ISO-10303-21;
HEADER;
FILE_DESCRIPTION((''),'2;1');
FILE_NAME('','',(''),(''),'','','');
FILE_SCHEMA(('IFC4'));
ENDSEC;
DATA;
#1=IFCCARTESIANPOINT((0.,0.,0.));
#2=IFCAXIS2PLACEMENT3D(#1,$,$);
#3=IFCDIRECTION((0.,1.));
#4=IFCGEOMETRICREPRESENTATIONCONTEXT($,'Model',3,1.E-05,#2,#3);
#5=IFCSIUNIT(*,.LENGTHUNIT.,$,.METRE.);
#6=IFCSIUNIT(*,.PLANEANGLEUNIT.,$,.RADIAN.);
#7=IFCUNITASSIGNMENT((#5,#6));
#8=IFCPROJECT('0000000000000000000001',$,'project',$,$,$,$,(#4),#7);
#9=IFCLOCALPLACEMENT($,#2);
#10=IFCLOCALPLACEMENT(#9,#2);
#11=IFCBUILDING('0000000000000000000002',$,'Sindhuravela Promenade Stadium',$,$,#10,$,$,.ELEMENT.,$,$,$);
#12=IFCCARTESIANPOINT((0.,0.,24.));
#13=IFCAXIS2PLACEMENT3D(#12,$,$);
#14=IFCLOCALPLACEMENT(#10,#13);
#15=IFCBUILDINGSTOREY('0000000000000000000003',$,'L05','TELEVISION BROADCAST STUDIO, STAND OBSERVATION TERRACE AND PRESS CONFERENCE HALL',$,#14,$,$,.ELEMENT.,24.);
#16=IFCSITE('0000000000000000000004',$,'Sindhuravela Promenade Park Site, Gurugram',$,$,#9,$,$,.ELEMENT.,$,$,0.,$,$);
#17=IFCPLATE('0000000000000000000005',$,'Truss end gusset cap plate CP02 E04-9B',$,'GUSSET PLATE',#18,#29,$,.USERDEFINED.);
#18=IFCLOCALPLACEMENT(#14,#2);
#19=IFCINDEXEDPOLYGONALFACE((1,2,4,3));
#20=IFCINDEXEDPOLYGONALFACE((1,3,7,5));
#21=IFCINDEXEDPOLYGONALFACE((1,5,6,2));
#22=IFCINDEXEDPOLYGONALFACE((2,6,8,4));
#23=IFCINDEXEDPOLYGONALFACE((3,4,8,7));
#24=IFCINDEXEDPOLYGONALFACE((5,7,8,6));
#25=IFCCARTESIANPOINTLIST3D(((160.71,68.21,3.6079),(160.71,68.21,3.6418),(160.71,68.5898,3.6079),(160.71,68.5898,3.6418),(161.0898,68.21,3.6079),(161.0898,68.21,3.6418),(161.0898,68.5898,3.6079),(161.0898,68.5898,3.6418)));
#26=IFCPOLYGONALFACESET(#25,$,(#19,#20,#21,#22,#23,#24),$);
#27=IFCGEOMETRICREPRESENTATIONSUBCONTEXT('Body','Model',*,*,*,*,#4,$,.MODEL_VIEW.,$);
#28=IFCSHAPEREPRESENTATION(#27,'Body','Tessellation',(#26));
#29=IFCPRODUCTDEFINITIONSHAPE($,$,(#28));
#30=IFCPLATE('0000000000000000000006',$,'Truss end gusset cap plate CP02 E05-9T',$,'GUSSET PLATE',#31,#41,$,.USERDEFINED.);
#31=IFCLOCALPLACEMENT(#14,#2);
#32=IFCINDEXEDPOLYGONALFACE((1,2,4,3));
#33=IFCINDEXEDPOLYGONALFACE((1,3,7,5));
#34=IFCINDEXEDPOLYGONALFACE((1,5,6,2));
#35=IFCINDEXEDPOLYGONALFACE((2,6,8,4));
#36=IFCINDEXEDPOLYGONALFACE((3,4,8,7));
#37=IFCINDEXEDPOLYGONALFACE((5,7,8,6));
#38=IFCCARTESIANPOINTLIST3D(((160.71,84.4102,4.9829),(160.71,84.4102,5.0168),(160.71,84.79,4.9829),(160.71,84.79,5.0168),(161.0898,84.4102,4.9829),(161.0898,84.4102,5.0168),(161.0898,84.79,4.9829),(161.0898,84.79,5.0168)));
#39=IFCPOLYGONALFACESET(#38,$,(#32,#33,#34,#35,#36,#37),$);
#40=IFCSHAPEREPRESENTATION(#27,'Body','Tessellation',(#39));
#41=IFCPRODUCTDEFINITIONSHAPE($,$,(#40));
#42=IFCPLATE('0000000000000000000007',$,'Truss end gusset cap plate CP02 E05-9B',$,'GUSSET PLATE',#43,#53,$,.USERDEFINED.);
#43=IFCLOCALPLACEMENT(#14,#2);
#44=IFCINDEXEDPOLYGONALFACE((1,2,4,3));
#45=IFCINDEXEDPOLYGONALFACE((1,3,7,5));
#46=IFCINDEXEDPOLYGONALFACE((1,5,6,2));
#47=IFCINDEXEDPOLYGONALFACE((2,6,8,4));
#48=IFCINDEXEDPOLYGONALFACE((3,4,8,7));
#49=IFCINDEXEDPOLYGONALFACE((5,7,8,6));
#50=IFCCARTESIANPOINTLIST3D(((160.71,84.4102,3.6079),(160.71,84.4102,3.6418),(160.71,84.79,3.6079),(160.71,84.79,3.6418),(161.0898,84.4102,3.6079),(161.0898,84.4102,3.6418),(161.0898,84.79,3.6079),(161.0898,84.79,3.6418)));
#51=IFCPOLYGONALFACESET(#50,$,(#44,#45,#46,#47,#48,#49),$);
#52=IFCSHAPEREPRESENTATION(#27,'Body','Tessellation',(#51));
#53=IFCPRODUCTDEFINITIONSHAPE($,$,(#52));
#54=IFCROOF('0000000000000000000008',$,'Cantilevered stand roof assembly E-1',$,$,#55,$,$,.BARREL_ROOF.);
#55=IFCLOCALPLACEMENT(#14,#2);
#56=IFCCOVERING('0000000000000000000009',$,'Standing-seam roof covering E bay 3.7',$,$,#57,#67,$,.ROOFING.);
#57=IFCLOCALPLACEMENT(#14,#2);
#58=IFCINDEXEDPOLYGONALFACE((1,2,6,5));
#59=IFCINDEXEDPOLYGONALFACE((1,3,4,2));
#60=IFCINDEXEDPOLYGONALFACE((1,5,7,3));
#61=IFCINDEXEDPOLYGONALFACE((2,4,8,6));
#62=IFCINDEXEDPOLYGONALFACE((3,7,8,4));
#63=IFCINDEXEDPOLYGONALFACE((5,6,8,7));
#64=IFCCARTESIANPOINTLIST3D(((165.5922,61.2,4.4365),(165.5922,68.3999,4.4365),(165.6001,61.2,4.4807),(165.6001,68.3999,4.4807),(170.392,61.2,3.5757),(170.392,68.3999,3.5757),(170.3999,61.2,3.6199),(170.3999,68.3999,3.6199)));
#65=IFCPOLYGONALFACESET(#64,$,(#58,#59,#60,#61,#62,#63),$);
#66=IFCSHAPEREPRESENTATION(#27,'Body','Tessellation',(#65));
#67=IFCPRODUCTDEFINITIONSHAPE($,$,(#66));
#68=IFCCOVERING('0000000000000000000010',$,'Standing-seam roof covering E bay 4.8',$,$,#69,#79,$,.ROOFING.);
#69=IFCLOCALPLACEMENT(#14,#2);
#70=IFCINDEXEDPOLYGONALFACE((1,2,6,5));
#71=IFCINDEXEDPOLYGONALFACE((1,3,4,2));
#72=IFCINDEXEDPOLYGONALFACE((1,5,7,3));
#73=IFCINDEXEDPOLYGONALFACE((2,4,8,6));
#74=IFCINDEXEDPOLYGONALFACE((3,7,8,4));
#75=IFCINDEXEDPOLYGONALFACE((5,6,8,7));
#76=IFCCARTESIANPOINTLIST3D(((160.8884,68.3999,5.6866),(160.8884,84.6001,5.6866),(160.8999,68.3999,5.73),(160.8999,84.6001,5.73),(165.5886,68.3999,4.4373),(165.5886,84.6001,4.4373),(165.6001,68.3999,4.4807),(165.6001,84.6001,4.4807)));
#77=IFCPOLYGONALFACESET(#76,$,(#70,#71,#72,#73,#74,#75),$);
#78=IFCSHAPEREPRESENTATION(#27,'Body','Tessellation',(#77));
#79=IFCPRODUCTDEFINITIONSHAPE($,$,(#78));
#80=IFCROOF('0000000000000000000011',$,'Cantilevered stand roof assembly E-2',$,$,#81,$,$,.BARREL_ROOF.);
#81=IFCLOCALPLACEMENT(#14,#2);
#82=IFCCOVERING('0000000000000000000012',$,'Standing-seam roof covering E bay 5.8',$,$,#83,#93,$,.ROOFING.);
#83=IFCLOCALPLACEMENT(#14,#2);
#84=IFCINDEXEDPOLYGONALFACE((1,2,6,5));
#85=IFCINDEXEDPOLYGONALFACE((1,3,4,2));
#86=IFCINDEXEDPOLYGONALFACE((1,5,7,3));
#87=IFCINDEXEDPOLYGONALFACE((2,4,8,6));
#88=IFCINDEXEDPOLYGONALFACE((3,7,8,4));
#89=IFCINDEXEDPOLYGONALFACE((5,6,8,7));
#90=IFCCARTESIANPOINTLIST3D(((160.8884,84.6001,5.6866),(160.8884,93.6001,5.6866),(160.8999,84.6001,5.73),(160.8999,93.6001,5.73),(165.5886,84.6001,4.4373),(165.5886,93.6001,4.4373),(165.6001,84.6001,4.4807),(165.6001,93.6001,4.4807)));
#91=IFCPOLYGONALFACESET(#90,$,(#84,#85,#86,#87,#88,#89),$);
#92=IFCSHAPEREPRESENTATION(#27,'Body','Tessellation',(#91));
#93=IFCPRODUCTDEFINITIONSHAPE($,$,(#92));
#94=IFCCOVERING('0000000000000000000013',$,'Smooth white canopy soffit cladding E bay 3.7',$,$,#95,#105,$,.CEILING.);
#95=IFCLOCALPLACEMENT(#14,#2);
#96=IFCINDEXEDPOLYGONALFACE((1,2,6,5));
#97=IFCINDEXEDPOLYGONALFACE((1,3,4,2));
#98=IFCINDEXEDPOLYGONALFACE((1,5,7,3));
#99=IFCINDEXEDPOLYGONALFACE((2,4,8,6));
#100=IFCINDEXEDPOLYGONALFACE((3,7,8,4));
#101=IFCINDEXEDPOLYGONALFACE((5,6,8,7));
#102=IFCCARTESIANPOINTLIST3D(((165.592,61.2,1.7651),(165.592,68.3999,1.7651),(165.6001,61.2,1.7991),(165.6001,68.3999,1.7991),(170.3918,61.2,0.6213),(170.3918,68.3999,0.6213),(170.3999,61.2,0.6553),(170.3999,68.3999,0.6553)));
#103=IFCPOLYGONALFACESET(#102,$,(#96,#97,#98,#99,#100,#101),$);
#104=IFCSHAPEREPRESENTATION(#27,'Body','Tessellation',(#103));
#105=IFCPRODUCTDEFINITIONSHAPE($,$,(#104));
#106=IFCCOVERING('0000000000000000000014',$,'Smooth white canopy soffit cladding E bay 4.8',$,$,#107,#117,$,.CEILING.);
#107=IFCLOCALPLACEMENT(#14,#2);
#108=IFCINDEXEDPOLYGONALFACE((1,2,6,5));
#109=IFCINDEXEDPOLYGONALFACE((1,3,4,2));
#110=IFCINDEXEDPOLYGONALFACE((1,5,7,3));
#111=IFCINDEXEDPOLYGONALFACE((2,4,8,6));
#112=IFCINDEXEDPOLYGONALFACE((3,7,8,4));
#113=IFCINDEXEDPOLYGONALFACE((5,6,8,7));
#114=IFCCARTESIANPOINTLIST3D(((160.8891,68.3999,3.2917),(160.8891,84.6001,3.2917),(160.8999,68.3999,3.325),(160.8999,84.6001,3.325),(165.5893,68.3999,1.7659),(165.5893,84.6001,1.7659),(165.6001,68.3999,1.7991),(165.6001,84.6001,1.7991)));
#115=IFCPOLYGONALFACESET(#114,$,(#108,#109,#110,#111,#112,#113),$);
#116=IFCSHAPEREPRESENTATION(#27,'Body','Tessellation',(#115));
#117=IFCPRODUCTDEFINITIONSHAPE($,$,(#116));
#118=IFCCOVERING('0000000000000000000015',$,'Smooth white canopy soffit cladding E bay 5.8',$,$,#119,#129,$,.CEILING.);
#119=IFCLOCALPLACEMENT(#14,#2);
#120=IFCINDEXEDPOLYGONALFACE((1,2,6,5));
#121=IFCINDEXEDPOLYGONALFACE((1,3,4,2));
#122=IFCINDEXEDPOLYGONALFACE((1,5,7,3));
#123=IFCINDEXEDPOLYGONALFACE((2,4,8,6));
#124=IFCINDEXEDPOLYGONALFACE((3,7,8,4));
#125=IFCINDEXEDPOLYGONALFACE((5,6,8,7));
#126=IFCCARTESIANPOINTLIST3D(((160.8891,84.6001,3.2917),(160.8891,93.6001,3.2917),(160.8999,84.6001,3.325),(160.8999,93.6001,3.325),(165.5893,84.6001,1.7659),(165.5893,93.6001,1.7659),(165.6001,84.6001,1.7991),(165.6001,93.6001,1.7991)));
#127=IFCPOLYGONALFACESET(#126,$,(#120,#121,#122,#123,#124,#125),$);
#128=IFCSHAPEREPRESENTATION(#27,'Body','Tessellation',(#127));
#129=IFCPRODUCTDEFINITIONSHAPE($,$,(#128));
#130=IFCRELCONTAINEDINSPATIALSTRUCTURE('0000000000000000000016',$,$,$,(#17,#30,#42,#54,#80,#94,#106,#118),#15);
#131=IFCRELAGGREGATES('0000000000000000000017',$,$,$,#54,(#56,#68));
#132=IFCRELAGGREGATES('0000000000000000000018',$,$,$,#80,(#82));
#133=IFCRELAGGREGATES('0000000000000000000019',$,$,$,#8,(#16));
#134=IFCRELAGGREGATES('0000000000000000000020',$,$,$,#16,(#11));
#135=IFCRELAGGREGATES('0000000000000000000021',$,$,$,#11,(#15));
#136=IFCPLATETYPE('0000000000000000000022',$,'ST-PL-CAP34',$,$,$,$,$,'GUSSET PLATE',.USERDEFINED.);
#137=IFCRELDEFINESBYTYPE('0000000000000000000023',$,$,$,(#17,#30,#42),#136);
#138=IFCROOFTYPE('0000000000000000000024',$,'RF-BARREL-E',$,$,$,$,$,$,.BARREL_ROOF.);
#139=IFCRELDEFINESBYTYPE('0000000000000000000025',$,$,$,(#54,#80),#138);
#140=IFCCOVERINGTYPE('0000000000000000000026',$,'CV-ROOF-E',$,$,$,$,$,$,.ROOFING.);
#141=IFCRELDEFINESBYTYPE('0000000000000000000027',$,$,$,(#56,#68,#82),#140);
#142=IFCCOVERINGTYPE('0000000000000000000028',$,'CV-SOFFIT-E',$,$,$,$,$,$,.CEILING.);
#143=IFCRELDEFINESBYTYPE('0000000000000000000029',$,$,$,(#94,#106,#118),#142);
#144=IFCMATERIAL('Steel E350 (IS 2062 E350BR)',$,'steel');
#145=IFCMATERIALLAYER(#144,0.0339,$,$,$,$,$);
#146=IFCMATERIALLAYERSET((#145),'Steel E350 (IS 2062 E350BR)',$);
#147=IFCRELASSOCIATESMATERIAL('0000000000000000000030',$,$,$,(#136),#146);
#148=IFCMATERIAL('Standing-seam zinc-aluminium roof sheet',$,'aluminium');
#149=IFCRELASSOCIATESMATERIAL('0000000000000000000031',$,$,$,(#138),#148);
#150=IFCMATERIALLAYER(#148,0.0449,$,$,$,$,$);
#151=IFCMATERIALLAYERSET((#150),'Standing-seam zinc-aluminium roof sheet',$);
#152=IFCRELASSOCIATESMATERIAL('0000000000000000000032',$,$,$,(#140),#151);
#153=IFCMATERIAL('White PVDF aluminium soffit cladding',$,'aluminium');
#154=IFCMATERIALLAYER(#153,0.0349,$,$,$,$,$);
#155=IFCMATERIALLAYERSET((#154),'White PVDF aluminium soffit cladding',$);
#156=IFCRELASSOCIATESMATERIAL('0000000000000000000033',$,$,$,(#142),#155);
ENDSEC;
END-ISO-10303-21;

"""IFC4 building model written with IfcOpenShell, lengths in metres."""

from ifc_helpers import new_model, si_unit, direction, frame, origin, origin_2d, place, context, subcontext, project, spatial, polyline, rectangle, outline, extrude, material, layer, layer_set, type_object, element, aggregate, save


model = new_model("IFC4")

# Units and contexts
model_context = context("Model", 3, precision=1e-05, world=origin(), true_north=direction((0.0, 1.0)))
body_context = subcontext(model_context, "Body", "Model", "MODEL_VIEW")
ifc_project = project(units=[si_unit("LENGTHUNIT", "METRE"), si_unit("PLANEANGLEUNIT", "RADIAN")], contexts=[model_context])

# Site, building, storey
site_placement = place(None, origin())
site = spatial("IfcSite", under=ifc_project, at=site_placement, Name="Sindhuravela Promenade Park Site, Gurugram", CompositionType="ELEMENT", RefElevation=0.0)
building_placement = place(site_placement, origin())
building = spatial("IfcBuilding", under=site, at=building_placement, Name="Sindhuravela Promenade Stadium", CompositionType="ELEMENT")
storey_placement = place(building_placement, frame((0.0, 0.0, 24.0)))
storey = spatial("IfcBuildingStorey", under=building, at=storey_placement, Name="L05", Description="TELEVISION BROADCAST STUDIO, STAND OBSERVATION TERRACE AND PRESS CONFERENCE HALL", CompositionType="ELEMENT", Elevation=24.0)

# Shared definitions
ifc_material_1 = material(Name="Steel E350 (IS 2062 E350BR)", Category="steel")

# Plates
ifc_layer_1 = layer(ifc_material_1, 0.0339)
ifc_layer_set_1 = layer_set([ifc_layer_1], Name="Steel E350 (IS 2062 E350BR)")
plate_type_1 = type_object("IfcPlateType", Name="ST-PL-CAP34", ElementType="GUSSET PLATE", PredefinedType="USERDEFINED", material=ifc_layer_set_1)
for number, where, z_axis, x_axis, name in (
    (1, (160.8999, 68.3999, 3.6079), (0.0, 0.0, 1.0), (1.0, 0.0, 0.0), "Truss end gusset cap plate CP02 E04-9B"),
    (2, (160.8999, 84.6001, 4.9829), (0.0, 0.0, 1.0), (1.0, 0.0, 0.0), "Truss end gusset cap plate CP02 E05-9T"),
    (3, (160.8999, 84.6001, 3.6079), (0.0, 0.0, 1.0), (1.0, 0.0, 0.0), "Truss end gusset cap plate CP02 E05-9B"),
):
    element("IfcPlate", number, at=place(storey_placement, frame(where, z_axis=z_axis, x_axis=x_axis)), inside=storey, type_object=plate_type_1, Name=name, ObjectType="GUSSET PLATE", PredefinedType="USERDEFINED", context=body_context, shape_type="SweptSolid", body=[
        extrude(rectangle(XDim=0.3799, YDim=0.3799, at=origin_2d()), origin(), (0.0, 0.0, 1.0), 0.0339),
    ])

# Roof, coverings
ifc_material_2 = material(Name="Standing-seam zinc-aluminium roof sheet", Category="aluminium")
roof_type = type_object("IfcRoofType", Name="RF-BARREL-E", PredefinedType="BARREL_ROOF", material=ifc_material_2)
roof_1_placement = place(storey_placement, origin())
roof_1 = element("IfcRoof", 4, at=roof_1_placement, inside=storey, type_object=roof_type, Name="Cantilevered stand roof assembly E-1", PredefinedType="BARREL_ROOF")
ifc_layer_2 = layer(ifc_material_2, 0.0449)
ifc_layer_set_2 = layer_set([ifc_layer_2], Name="Standing-seam zinc-aluminium roof sheet")
covering_type_1 = type_object("IfcCoveringType", Name="CV-ROOF-E", PredefinedType="ROOFING", material=ifc_layer_set_2)
covering_1_placement = place(storey_placement, frame((170.3999, 61.2, 3.6199), z_axis=(0.176532, 0.0, 0.984295), x_axis=(0.0, 1.0, 0.0)))
covering_1 = element("IfcCovering", 5, at=covering_1_placement, type_object=covering_type_1, Name="Standing-seam roof covering E bay 3.7", PredefinedType="ROOFING", context=body_context, shape_type="SweptSolid", body=[
    extrude(outline(polyline([(0.0, 0.0), (7.2, 0.0), (7.2, 4.8764), (0.0, 4.8764), (0.0, 0.0)])), origin(), (0.0, 0.0, -1.0), 0.0449),
])
covering_2_placement = place(storey_placement, frame((165.6001, 68.3999, 4.4807), z_axis=(0.256872, 0.0, 0.966445), x_axis=(0.0, 1.0, 0.0)))
covering_2 = element("IfcCovering", 6, at=covering_2_placement, type_object=covering_type_1, Name="Standing-seam roof covering E bay 4.8", PredefinedType="ROOFING", context=body_context, shape_type="SweptSolid", body=[
    extrude(outline(polyline([(0.0, 0.0), (16.2002, 0.0), (16.2002, 4.8634), (0.0, 4.8634), (0.0, 0.0)])), origin(), (0.0, 0.0, -1.0), 0.0449),
])
aggregate(roof_1, [covering_1, covering_2])

# Roof, covering
roof_2_placement = place(storey_placement, origin())
roof_2 = element("IfcRoof", 7, at=roof_2_placement, inside=storey, type_object=roof_type, Name="Cantilevered stand roof assembly E-2", PredefinedType="BARREL_ROOF")
covering_3_placement = place(storey_placement, frame((165.6001, 84.6001, 4.4807), z_axis=(0.256872, 0.0, 0.966445), x_axis=(0.0, 1.0, 0.0)))
covering_3 = element("IfcCovering", 8, at=covering_3_placement, type_object=covering_type_1, Name="Standing-seam roof covering E bay 5.8", PredefinedType="ROOFING", context=body_context, shape_type="SweptSolid", body=[
    extrude(outline(polyline([(0.0, 0.0), (9.0, 0.0), (9.0, 4.8634), (0.0, 4.8634), (0.0, 0.0)])), origin(), (0.0, 0.0, -1.0), 0.0449),
])
aggregate(roof_2, [covering_3])

# Coverings
ifc_material_3 = material(Name="White PVDF aluminium soffit cladding", Category="aluminium")
ifc_layer_3 = layer(ifc_material_3, 0.0349)
ifc_layer_set_3 = layer_set([ifc_layer_3], Name="White PVDF aluminium soffit cladding")
covering_type_2 = type_object("IfcCoveringType", Name="CV-SOFFIT-E", PredefinedType="CEILING", material=ifc_layer_set_3)
covering_4_placement = place(storey_placement, frame((170.3999, 61.2, 0.6553), z_axis=(0.23181, 0.0, 0.972761), x_axis=(0.0, 1.0, 0.0)))
element("IfcCovering", 9, at=covering_4_placement, inside=storey, type_object=covering_type_2, Name="Smooth white canopy soffit cladding E bay 3.7", PredefinedType="CEILING", context=body_context, shape_type="SweptSolid", body=[
    extrude(outline(polyline([(0.0, 0.0), (7.2, 0.0), (7.2, 4.9342), (0.0, 4.9342), (0.0, 0.0)])), origin(), (0.0, 0.0, -1.0), 0.0349),
])
covering_5_placement = place(storey_placement, frame((165.6001, 68.3999, 1.7991), z_axis=(0.308778, 0.0, 0.951134), x_axis=(0.0, 1.0, 0.0)))
element("IfcCovering", 10, at=covering_5_placement, inside=storey, type_object=covering_type_2, Name="Smooth white canopy soffit cladding E bay 4.8", PredefinedType="CEILING", context=body_context, shape_type="SweptSolid", body=[
    extrude(outline(polyline([(0.0, 0.0), (16.2002, 0.0), (16.2002, 4.9417), (0.0, 4.9417), (0.0, 0.0)])), origin(), (0.0, 0.0, -1.0), 0.0349),
])
covering_6_placement = place(storey_placement, frame((165.6001, 84.6001, 1.7991), z_axis=(0.308778, 0.0, 0.951134), x_axis=(0.0, 1.0, 0.0)))
element("IfcCovering", 11, at=covering_6_placement, inside=storey, type_object=covering_type_2, Name="Smooth white canopy soffit cladding E bay 5.8", PredefinedType="CEILING", context=body_context, shape_type="SweptSolid", body=[
    extrude(outline(polyline([(0.0, 0.0), (9.0, 0.0), (9.0, 4.9417), (0.0, 4.9417), (0.0, 0.0)])), origin(), (0.0, 0.0, -1.0), 0.0349),
])

save(model, "model.ifc")
